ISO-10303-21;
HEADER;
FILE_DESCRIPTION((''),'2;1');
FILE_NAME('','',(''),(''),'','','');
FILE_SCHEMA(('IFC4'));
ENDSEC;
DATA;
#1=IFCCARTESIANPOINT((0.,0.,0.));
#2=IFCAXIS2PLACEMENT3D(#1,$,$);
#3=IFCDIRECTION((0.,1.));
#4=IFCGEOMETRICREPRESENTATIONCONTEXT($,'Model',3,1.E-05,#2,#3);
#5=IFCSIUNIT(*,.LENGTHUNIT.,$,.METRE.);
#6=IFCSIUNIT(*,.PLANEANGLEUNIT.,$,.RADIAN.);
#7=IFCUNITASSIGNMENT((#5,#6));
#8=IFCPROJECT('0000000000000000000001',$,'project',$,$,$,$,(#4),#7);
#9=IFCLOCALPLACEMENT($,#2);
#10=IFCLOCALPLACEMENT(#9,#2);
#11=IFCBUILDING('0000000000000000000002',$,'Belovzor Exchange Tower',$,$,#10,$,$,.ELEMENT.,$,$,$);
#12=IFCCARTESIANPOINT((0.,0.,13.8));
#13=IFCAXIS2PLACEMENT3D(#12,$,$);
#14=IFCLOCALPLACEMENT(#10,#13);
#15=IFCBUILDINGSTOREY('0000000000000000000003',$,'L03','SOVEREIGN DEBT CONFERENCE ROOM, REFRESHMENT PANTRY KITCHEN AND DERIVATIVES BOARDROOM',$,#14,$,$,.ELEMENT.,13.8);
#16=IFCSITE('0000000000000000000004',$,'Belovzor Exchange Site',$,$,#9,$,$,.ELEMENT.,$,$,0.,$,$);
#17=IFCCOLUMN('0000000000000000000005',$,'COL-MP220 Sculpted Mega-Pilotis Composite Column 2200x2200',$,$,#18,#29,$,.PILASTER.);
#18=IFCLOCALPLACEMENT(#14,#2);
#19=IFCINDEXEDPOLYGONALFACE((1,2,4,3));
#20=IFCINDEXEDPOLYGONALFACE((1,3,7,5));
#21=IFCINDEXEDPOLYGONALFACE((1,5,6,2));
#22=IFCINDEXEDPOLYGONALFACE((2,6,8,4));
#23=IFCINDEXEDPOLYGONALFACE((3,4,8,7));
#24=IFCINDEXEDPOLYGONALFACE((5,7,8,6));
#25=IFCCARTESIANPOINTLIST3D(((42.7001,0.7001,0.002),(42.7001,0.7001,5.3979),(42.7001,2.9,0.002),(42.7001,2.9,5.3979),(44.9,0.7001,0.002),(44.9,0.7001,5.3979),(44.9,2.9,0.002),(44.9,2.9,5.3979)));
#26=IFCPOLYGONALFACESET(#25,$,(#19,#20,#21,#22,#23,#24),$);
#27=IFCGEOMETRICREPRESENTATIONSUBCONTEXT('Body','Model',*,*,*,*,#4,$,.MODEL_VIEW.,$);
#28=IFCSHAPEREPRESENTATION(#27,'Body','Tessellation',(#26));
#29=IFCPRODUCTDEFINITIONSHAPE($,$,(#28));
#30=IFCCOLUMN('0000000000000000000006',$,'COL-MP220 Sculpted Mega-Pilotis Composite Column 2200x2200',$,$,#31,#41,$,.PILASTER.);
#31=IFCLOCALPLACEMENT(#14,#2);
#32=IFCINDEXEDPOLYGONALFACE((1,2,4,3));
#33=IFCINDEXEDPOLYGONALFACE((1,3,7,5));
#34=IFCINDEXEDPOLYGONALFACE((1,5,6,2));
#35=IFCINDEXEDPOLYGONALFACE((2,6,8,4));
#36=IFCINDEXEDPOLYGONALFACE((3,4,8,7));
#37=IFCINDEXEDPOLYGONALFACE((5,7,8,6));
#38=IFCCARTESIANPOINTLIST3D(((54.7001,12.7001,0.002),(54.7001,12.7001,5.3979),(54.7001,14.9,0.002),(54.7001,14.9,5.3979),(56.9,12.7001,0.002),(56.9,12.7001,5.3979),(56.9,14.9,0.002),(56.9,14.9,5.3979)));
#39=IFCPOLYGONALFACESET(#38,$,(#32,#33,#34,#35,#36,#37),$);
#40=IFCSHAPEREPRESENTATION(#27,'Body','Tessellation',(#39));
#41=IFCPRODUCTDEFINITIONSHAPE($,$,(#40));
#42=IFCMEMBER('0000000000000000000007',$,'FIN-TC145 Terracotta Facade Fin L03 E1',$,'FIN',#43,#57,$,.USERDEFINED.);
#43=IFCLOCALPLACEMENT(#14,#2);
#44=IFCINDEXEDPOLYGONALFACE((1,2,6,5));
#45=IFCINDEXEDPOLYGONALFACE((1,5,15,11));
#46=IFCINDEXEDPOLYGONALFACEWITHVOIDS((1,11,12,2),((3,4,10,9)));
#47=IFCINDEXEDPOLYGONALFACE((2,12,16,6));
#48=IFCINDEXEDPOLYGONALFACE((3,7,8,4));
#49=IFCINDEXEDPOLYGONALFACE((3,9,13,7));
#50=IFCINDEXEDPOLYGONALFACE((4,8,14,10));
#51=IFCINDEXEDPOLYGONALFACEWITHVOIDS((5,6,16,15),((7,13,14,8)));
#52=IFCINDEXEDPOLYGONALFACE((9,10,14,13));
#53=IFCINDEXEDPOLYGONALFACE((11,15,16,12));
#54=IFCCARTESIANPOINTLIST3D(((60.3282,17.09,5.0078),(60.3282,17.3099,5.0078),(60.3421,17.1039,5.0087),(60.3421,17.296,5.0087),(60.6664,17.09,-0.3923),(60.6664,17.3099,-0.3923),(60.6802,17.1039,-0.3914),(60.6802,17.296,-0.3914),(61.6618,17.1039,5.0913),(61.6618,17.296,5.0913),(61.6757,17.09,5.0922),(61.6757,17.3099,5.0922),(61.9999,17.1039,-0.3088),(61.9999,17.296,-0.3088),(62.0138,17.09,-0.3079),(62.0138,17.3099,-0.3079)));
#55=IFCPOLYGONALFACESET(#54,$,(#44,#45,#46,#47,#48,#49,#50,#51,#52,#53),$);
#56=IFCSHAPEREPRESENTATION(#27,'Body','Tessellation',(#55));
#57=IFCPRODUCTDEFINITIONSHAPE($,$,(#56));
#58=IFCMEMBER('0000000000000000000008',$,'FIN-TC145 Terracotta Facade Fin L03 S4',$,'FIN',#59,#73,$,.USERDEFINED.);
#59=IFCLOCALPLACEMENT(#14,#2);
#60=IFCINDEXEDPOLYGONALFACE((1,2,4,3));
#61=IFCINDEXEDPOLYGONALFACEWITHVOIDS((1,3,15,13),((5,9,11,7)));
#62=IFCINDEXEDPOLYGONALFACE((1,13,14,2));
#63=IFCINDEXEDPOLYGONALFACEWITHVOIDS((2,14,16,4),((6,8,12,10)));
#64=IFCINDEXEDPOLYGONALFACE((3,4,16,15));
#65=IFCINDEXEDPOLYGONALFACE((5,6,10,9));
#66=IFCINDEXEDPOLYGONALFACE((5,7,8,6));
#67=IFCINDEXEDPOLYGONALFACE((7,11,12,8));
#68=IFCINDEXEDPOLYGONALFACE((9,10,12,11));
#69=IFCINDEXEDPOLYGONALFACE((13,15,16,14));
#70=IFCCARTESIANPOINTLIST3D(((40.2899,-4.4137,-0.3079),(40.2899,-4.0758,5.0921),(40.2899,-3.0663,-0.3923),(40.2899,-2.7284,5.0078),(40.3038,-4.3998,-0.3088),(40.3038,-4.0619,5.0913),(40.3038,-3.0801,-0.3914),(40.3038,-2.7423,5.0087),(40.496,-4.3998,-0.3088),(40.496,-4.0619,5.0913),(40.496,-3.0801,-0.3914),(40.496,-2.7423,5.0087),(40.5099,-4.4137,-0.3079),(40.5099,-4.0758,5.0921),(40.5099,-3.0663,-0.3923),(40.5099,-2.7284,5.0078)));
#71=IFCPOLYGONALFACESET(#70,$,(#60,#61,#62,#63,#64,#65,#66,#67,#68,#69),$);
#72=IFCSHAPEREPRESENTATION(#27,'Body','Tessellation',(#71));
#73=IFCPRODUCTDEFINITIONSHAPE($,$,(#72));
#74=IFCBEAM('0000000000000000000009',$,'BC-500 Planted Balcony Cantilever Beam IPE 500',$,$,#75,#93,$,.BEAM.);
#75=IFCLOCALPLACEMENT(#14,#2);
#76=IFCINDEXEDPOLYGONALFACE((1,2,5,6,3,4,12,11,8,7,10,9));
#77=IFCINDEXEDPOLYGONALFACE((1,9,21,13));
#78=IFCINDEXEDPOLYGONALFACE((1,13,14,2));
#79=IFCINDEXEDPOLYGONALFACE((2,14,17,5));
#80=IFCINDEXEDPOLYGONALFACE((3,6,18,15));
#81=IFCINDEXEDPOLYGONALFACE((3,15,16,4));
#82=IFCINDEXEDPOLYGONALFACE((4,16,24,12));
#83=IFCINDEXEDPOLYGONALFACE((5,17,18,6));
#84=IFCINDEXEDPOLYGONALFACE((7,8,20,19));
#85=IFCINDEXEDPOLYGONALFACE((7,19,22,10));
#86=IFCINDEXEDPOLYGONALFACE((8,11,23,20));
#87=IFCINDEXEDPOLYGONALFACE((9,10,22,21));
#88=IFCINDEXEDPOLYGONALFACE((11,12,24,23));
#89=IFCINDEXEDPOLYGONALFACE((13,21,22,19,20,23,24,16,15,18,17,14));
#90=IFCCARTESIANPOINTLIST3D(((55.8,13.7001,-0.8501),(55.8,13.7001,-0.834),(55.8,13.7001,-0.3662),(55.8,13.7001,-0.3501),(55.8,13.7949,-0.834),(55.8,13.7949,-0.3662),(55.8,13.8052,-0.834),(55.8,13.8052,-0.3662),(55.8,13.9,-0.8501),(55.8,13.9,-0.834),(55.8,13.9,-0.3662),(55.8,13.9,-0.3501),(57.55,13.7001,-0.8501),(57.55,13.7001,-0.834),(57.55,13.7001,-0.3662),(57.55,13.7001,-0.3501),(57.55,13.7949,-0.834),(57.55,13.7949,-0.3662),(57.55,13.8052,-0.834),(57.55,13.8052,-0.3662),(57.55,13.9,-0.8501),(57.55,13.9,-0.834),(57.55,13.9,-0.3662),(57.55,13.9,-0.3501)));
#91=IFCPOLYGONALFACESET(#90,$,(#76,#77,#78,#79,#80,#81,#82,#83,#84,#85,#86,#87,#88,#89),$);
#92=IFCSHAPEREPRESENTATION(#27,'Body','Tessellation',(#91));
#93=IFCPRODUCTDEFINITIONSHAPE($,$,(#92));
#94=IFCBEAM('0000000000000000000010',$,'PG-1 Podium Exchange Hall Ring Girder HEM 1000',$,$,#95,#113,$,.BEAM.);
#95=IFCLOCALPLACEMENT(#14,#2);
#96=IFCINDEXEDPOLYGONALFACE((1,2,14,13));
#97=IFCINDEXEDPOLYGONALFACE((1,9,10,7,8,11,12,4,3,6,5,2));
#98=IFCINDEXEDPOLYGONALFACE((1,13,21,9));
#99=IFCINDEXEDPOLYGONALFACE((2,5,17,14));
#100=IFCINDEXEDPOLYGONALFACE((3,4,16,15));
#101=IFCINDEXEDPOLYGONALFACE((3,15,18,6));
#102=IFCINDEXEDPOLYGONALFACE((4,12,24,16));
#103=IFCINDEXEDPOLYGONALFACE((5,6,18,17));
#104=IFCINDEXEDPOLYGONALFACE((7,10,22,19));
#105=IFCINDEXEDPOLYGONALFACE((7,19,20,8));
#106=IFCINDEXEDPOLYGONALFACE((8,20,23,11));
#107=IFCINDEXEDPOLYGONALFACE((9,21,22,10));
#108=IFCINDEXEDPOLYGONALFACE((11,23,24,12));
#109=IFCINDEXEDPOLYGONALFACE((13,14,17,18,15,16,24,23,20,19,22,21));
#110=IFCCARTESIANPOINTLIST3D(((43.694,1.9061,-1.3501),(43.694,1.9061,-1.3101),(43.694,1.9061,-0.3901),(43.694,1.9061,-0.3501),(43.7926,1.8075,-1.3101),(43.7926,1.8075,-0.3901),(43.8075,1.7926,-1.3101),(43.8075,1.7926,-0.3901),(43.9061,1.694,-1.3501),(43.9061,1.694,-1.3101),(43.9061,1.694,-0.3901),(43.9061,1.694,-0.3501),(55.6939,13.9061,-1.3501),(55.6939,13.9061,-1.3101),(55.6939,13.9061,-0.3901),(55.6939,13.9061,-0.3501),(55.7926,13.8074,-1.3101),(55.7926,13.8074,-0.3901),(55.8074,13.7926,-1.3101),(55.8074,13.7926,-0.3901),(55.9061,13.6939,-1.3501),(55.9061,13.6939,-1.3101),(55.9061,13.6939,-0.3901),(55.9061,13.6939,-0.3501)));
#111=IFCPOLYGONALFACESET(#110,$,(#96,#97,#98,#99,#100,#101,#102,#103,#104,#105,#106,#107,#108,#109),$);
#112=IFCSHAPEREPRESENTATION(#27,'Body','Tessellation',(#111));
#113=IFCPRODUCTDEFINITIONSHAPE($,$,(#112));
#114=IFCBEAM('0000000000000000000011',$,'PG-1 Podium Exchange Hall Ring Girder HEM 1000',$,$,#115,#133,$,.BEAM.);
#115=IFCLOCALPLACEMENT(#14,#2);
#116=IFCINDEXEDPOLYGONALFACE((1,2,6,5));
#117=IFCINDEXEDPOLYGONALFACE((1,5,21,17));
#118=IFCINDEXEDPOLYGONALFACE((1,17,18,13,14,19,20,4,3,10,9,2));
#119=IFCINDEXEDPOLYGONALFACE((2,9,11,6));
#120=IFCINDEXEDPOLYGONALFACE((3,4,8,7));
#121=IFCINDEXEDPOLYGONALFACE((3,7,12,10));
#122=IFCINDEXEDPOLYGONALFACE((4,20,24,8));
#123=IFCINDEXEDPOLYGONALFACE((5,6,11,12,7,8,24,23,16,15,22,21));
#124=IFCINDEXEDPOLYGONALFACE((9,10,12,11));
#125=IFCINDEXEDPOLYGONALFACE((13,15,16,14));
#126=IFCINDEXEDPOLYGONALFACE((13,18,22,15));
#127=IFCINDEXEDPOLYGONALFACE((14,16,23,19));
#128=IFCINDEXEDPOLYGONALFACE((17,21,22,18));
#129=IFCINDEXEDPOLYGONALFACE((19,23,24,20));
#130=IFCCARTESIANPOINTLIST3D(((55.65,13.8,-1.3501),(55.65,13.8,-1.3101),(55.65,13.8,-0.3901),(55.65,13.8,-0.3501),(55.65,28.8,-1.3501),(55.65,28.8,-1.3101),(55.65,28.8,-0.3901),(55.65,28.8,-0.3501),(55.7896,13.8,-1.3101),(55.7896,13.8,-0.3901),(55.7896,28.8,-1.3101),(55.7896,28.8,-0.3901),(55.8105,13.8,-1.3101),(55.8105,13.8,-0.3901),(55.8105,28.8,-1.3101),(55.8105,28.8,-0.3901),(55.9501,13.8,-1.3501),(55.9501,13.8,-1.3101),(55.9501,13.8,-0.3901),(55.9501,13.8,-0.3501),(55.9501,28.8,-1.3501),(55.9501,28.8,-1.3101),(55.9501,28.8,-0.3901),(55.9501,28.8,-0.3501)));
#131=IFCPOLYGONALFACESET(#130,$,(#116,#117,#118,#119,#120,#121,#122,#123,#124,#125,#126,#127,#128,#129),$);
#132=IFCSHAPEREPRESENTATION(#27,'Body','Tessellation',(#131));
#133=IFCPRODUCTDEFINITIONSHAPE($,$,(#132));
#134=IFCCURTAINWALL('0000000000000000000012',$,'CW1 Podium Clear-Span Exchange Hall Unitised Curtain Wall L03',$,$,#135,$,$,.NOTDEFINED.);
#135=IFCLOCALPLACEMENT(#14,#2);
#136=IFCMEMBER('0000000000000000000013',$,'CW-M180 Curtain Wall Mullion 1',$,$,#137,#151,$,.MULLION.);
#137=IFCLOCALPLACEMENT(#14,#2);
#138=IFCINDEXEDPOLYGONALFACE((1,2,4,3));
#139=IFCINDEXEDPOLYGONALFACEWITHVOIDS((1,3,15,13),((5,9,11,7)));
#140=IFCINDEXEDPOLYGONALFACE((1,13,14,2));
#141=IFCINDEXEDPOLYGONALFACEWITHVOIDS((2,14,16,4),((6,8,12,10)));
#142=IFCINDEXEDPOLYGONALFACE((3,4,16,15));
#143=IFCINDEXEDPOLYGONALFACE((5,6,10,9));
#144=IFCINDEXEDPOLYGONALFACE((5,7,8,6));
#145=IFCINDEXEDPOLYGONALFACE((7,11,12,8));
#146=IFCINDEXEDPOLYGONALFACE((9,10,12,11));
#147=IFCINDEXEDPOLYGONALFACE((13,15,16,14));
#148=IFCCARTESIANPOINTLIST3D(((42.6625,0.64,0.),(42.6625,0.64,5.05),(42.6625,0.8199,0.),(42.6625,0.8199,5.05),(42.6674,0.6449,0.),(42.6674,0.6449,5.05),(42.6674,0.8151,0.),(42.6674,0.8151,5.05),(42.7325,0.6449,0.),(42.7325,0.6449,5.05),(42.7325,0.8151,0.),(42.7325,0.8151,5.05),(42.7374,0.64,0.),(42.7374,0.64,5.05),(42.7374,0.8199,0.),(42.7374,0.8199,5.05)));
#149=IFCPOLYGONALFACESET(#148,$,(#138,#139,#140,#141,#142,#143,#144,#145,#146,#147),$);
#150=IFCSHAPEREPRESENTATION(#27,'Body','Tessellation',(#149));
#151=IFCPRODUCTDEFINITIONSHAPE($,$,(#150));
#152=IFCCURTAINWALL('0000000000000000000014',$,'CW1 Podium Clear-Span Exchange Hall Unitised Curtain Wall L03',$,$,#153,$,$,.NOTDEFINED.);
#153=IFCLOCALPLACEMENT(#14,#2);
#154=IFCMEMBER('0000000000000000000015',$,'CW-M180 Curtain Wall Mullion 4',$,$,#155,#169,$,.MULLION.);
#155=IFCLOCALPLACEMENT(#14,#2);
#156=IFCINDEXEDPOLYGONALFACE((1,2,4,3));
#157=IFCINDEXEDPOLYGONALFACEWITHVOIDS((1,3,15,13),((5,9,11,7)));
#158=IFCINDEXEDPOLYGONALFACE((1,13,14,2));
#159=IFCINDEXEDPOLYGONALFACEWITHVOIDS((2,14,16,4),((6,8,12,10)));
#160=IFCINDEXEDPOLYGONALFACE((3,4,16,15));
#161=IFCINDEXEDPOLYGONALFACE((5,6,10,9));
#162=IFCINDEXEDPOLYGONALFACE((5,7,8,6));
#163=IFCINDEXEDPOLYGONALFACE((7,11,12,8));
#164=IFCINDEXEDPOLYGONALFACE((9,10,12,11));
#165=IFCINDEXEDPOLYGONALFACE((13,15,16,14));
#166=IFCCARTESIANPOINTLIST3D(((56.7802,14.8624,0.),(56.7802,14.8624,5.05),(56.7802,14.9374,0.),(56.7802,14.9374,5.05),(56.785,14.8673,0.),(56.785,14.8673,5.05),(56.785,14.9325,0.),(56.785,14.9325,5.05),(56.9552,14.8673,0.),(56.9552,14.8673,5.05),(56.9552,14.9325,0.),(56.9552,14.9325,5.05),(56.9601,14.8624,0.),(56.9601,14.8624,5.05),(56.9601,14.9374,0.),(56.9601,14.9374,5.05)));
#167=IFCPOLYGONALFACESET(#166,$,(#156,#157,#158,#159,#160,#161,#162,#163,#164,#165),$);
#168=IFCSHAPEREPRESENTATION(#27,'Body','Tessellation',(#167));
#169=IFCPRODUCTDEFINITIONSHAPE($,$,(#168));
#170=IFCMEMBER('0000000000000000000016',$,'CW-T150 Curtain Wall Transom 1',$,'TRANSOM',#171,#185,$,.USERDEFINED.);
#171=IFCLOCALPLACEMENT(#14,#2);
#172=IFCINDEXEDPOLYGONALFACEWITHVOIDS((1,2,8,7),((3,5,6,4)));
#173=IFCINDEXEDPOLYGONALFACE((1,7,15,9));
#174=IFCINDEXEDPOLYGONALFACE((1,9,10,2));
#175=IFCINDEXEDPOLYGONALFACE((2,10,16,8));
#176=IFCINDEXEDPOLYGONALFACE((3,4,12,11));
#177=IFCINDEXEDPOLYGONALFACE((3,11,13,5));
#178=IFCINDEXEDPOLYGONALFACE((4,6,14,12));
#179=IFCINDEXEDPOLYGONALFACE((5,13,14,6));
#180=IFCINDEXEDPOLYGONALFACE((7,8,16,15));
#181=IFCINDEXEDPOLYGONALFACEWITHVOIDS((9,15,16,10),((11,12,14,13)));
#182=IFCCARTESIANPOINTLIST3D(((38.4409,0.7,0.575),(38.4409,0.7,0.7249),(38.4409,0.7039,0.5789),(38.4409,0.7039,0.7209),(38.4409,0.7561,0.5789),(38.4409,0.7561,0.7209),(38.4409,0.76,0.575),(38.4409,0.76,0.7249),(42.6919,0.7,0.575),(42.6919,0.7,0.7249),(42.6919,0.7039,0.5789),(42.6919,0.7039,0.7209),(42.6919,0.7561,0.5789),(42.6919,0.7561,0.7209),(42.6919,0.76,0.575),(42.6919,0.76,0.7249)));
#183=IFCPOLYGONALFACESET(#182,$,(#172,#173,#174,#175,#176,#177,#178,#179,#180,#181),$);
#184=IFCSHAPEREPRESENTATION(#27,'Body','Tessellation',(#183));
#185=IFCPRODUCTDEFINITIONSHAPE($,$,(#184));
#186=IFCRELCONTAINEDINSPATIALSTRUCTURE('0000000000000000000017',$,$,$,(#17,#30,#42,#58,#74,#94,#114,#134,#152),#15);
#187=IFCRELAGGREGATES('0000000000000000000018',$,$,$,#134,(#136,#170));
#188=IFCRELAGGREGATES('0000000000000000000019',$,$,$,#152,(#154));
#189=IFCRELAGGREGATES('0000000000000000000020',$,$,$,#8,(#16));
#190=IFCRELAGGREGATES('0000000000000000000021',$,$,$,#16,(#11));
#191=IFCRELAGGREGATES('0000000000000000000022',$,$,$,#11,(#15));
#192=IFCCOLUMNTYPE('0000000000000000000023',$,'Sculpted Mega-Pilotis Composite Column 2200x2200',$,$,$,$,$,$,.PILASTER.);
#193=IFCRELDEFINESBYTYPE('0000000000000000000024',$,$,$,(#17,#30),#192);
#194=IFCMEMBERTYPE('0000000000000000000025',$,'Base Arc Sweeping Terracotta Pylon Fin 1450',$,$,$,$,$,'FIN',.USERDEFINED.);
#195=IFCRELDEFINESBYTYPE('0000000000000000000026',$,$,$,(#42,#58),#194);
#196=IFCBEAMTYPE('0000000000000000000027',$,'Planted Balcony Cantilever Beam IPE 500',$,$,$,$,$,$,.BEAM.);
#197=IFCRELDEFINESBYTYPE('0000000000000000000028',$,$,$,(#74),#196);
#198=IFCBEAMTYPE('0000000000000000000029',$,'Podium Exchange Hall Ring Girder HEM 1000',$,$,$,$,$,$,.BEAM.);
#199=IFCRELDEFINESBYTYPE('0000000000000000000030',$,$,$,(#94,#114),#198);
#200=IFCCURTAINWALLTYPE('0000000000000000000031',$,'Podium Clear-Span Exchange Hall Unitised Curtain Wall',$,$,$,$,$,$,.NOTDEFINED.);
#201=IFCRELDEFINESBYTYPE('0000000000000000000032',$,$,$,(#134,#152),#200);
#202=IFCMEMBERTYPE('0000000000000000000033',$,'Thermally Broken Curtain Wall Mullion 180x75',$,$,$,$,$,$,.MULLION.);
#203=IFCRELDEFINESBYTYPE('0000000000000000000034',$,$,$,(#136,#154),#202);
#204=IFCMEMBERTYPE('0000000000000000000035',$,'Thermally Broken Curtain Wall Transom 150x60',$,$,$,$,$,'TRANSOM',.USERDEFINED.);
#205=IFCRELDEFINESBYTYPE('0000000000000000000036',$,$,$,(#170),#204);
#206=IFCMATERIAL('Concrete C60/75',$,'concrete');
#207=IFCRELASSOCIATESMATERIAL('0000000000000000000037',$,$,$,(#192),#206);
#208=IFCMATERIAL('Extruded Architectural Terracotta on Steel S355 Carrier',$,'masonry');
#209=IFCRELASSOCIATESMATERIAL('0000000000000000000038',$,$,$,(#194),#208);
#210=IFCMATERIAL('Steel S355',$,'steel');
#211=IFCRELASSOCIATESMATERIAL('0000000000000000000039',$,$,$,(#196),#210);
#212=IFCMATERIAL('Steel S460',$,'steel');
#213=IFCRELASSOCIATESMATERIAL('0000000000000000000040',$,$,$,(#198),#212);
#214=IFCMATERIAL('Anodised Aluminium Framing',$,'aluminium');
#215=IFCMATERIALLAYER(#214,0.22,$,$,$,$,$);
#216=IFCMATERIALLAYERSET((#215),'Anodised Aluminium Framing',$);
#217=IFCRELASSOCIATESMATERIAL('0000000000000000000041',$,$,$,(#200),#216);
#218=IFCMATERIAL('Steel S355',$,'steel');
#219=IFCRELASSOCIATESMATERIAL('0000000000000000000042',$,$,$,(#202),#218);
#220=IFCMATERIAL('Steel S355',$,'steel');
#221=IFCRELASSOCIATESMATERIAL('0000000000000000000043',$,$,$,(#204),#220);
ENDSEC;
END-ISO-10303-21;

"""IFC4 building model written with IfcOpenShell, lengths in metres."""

from ifc_helpers import new_model, si_unit, direction, frame, origin, origin_2d, place, context, subcontext, project, spatial, rectangle, hollow_rectangle, i_section, extrude, material, layer, layer_set, material_profile, profile_set, type_object, element, aggregate, save


model = new_model("IFC4")

# Units and contexts
model_context = context("Model", 3, precision=1e-05, world=origin(), true_north=direction((0.0, 1.0)))
body_context = subcontext(model_context, "Body", "Model", "MODEL_VIEW")
ifc_project = project(units=[si_unit("LENGTHUNIT", "METRE"), si_unit("PLANEANGLEUNIT", "RADIAN")], contexts=[model_context])

# Site, building, storey
site_placement = place(None, origin())
site = spatial("IfcSite", under=ifc_project, at=site_placement, Name="Belovzor Exchange Site", CompositionType="ELEMENT", RefElevation=0.0)
building_placement = place(site_placement, origin())
building = spatial("IfcBuilding", under=site, at=building_placement, Name="Belovzor Exchange Tower", CompositionType="ELEMENT")
storey_placement = place(building_placement, frame((0.0, 0.0, 13.8)))
storey = spatial("IfcBuildingStorey", under=building, at=storey_placement, Name="L03", Description="SOVEREIGN DEBT CONFERENCE ROOM, REFRESHMENT PANTRY KITCHEN AND DERIVATIVES BOARDROOM", CompositionType="ELEMENT", Elevation=13.8)

# Columns
ifc_material_1 = material(Name="Concrete C60/75", Category="concrete")
ifc_material_profile_1 = material_profile(ifc_material_1, rectangle(XDim=2.2, YDim=2.2, at=origin_2d()))
ifc_profile_set_1 = profile_set([ifc_material_profile_1], Name="Concrete C60/75")
column_type = type_object("IfcColumnType", Name="Sculpted Mega-Pilotis Composite Column 2200x2200", PredefinedType="PILASTER", material=ifc_profile_set_1)
for number, where, z_axis, x_axis, name in (
    (1, (43.8, 1.8, 0.002), (0.0, 0.0, 1.0), (1.0, 0.0, 0.0), "COL-MP220 Sculpted Mega-Pilotis Composite Column 2200x2200"),
    (2, (55.8, 13.8, 0.002), (0.0, 0.0, 1.0), (1.0, 0.0, 0.0), "COL-MP220 Sculpted Mega-Pilotis Composite Column 2200x2200"),
):
    element("IfcColumn", number, at=place(storey_placement, frame(where, z_axis=z_axis, x_axis=x_axis)), inside=storey, type_object=column_type, Name=name, PredefinedType="PILASTER", context=body_context, shape_type="SweptSolid", body=[
        extrude(rectangle(XDim=2.2, YDim=2.2, at=origin_2d()), origin(), (0.0, 0.0, 1.0), 5.396),
    ])

# Members
ifc_material_2 = material(Name="Extruded Architectural Terracotta on Steel S355 Carrier", Category="masonry")
ifc_material_profile_2 = material_profile(ifc_material_2, hollow_rectangle(XDim=0.22, YDim=1.3501, WallThickness=0.0139, at=origin_2d()))
ifc_profile_set_2 = profile_set([ifc_material_profile_2], Name="Extruded Architectural Terracotta on Steel S355 Carrier")
member_type_1 = type_object("IfcMemberType", Name="Base Arc Sweeping Terracotta Pylon Fin 1450", ElementType="FIN", PredefinedType="USERDEFINED", material=ifc_profile_set_2)
for number, where, z_axis, x_axis, name in (
    (3, (61.3401, 17.2, -0.3501), (-0.062493, 0.0, 0.998045), (0.0, -1.0, 0.0), "FIN-TC145 Terracotta Facade Fin L03 E1"),
    (4, (40.3999, -3.74, -0.3501), (0.0, 0.062449, 0.998048), (-1.0, 0.0, 0.0), "FIN-TC145 Terracotta Facade Fin L03 S4"),
):
    element("IfcMember", number, at=place(storey_placement, frame(where, z_axis=z_axis, x_axis=x_axis)), inside=storey, type_object=member_type_1, Name=name, ObjectType="FIN", PredefinedType="USERDEFINED", context=body_context, shape_type="SweptSolid", body=[
        extrude(hollow_rectangle(XDim=0.22, YDim=1.3501, WallThickness=0.0139, at=origin_2d()), origin(), (0.0, 0.0, 1.0), 5.4106),
    ])

# Beams
ifc_material_3 = material(Name="Steel S355", Category="steel")
ifc_material_profile_3 = material_profile(ifc_material_3, i_section(OverallWidth=0.2, OverallDepth=0.5, WebThickness=0.0103, FlangeThickness=0.0161, at=origin_2d()))
ifc_profile_set_3 = profile_set([ifc_material_profile_3], Name="Steel S355")
beam_type_1 = type_object("IfcBeamType", Name="Planted Balcony Cantilever Beam IPE 500", PredefinedType="BEAM", material=ifc_profile_set_3)
beam_1_placement = place(storey_placement, frame((55.8, 13.8, -0.6001), z_axis=(1.0, 0.0, 0.0), x_axis=(0.0, 1.0, 0.0)))
element("IfcBeam", 5, at=beam_1_placement, inside=storey, type_object=beam_type_1, Name="BC-500 Planted Balcony Cantilever Beam IPE 500", PredefinedType="BEAM", context=body_context, shape_type="SweptSolid", body=[
    extrude(i_section(OverallWidth=0.2, OverallDepth=0.5, WebThickness=0.0103, FlangeThickness=0.0161, at=origin_2d()), origin(), (0.0, 0.0, 1.0), 1.75),
])
ifc_material_4 = material(Name="Steel S460", Category="steel")
ifc_material_profile_4 = material_profile(ifc_material_4, i_section(OverallWidth=0.3, OverallDepth=1.0, WebThickness=0.021, FlangeThickness=0.04, at=origin_2d()))
ifc_profile_set_4 = profile_set([ifc_material_profile_4], Name="Steel S460")
beam_type_2 = type_object("IfcBeamType", Name="Podium Exchange Hall Ring Girder HEM 1000", PredefinedType="BEAM", material=ifc_profile_set_4)
beam_2_placement = place(storey_placement, frame((43.8, 1.8, -0.8501), z_axis=(0.707107, 0.707107, 0.0), x_axis=(-0.707107, 0.707107, 0.0)))
element("IfcBeam", 6, at=beam_2_placement, inside=storey, type_object=beam_type_2, Name="PG-1 Podium Exchange Hall Ring Girder HEM 1000", PredefinedType="BEAM", context=body_context, shape_type="SweptSolid", body=[
    extrude(i_section(OverallWidth=0.3, OverallDepth=1.0, WebThickness=0.021, FlangeThickness=0.04, at=origin_2d()), origin(), (0.0, 0.0, 1.0), 16.9705),
])
beam_3_placement = place(storey_placement, frame((55.8, 13.8, -0.8501), z_axis=(0.0, 1.0, 0.0), x_axis=(-1.0, 0.0, 0.0)))
element("IfcBeam", 7, at=beam_3_placement, inside=storey, type_object=beam_type_2, Name="PG-1 Podium Exchange Hall Ring Girder HEM 1000", PredefinedType="BEAM", context=body_context, shape_type="SweptSolid", body=[
    extrude(i_section(OverallWidth=0.3, OverallDepth=1.0, WebThickness=0.021, FlangeThickness=0.04, at=origin_2d()), origin(), (0.0, 0.0, 1.0), 15.0),
])

# Curtain walls, members
ifc_material_5 = material(Name="Anodised Aluminium Framing", Category="aluminium")
ifc_layer_1 = layer(ifc_material_5, 0.22)
ifc_layer_set_1 = layer_set([ifc_layer_1], Name="Anodised Aluminium Framing")
curtain_wall_type = type_object("IfcCurtainWallType", Name="Podium Clear-Span Exchange Hall Unitised Curtain Wall", PredefinedType="NOTDEFINED", material=ifc_layer_set_1)
curtain_wall_1_placement = place(storey_placement, origin())
curtain_wall_1 = element("IfcCurtainWall", 8, at=curtain_wall_1_placement, inside=storey, type_object=curtain_wall_type, Name="CW1 Podium Clear-Span Exchange Hall Unitised Curtain Wall L03", PredefinedType="NOTDEFINED")
ifc_material_6 = material(Name="Steel S355", Category="steel")
ifc_material_profile_5 = material_profile(ifc_material_6, hollow_rectangle(XDim=0.075, YDim=0.1799, WallThickness=0.0049, at=origin_2d()))
ifc_profile_set_5 = profile_set([ifc_material_profile_5], Name="Steel S355")
member_type_2 = type_object("IfcMemberType", Name="Thermally Broken Curtain Wall Mullion 180x75", PredefinedType="MULLION", material=ifc_profile_set_5)
member_1_placement = place(storey_placement, frame((42.7, 0.73, 0.0), z_axis=(0.0, 0.0, 1.0), x_axis=(-1.0, 0.0, 0.0)))
member_1 = element("IfcMember", 9, at=member_1_placement, type_object=member_type_2, Name="CW-M180 Curtain Wall Mullion 1", PredefinedType="MULLION", context=body_context, shape_type="SweptSolid", body=[
    extrude(hollow_rectangle(XDim=0.075, YDim=0.1799, WallThickness=0.0049, at=origin_2d()), origin(), (0.0, 0.0, 1.0), 5.05),
])
curtain_wall_2_placement = place(storey_placement, origin())
curtain_wall_2 = element("IfcCurtainWall", 10, at=curtain_wall_2_placement, inside=storey, type_object=curtain_wall_type, Name="CW1 Podium Clear-Span Exchange Hall Unitised Curtain Wall L03", PredefinedType="NOTDEFINED")
member_2_placement = place(storey_placement, frame((56.8701, 14.8999, 0.0), z_axis=(0.0, 0.0, 1.0), x_axis=(0.0, -1.0, 0.0)))
member_2 = element("IfcMember", 11, at=member_2_placement, type_object=member_type_2, Name="CW-M180 Curtain Wall Mullion 4", PredefinedType="MULLION", context=body_context, shape_type="SweptSolid", body=[
    extrude(hollow_rectangle(XDim=0.075, YDim=0.1799, WallThickness=0.0049, at=origin_2d()), origin(), (0.0, 0.0, 1.0), 5.05),
])

# Member
ifc_material_7 = material(Name="Steel S355", Category="steel")
ifc_material_profile_6 = material_profile(ifc_material_7, hollow_rectangle(XDim=0.0601, YDim=0.1499, WallThickness=0.0039, at=origin_2d()))
ifc_profile_set_6 = profile_set([ifc_material_profile_6], Name="Steel S355")
member_type_3 = type_object("IfcMemberType", Name="Thermally Broken Curtain Wall Transom 150x60", ElementType="TRANSOM", PredefinedType="USERDEFINED", material=ifc_profile_set_6)
member_3_placement = place(storey_placement, frame((42.6919, 0.73, 0.6499), z_axis=(-1.0, 0.0, 0.0), x_axis=(0.0, -1.0, 0.0)))
member_3 = element("IfcMember", 12, at=member_3_placement, type_object=member_type_3, Name="CW-T150 Curtain Wall Transom 1", ObjectType="TRANSOM", PredefinedType="USERDEFINED", context=body_context, shape_type="SweptSolid", body=[
    extrude(hollow_rectangle(XDim=0.0601, YDim=0.1499, WallThickness=0.0039, at=origin_2d()), origin(), (0.0, 0.0, 1.0), 4.251),
])

aggregate(curtain_wall_1, [member_1, member_3])
aggregate(curtain_wall_2, [member_2])

save(model, "model.ifc")
